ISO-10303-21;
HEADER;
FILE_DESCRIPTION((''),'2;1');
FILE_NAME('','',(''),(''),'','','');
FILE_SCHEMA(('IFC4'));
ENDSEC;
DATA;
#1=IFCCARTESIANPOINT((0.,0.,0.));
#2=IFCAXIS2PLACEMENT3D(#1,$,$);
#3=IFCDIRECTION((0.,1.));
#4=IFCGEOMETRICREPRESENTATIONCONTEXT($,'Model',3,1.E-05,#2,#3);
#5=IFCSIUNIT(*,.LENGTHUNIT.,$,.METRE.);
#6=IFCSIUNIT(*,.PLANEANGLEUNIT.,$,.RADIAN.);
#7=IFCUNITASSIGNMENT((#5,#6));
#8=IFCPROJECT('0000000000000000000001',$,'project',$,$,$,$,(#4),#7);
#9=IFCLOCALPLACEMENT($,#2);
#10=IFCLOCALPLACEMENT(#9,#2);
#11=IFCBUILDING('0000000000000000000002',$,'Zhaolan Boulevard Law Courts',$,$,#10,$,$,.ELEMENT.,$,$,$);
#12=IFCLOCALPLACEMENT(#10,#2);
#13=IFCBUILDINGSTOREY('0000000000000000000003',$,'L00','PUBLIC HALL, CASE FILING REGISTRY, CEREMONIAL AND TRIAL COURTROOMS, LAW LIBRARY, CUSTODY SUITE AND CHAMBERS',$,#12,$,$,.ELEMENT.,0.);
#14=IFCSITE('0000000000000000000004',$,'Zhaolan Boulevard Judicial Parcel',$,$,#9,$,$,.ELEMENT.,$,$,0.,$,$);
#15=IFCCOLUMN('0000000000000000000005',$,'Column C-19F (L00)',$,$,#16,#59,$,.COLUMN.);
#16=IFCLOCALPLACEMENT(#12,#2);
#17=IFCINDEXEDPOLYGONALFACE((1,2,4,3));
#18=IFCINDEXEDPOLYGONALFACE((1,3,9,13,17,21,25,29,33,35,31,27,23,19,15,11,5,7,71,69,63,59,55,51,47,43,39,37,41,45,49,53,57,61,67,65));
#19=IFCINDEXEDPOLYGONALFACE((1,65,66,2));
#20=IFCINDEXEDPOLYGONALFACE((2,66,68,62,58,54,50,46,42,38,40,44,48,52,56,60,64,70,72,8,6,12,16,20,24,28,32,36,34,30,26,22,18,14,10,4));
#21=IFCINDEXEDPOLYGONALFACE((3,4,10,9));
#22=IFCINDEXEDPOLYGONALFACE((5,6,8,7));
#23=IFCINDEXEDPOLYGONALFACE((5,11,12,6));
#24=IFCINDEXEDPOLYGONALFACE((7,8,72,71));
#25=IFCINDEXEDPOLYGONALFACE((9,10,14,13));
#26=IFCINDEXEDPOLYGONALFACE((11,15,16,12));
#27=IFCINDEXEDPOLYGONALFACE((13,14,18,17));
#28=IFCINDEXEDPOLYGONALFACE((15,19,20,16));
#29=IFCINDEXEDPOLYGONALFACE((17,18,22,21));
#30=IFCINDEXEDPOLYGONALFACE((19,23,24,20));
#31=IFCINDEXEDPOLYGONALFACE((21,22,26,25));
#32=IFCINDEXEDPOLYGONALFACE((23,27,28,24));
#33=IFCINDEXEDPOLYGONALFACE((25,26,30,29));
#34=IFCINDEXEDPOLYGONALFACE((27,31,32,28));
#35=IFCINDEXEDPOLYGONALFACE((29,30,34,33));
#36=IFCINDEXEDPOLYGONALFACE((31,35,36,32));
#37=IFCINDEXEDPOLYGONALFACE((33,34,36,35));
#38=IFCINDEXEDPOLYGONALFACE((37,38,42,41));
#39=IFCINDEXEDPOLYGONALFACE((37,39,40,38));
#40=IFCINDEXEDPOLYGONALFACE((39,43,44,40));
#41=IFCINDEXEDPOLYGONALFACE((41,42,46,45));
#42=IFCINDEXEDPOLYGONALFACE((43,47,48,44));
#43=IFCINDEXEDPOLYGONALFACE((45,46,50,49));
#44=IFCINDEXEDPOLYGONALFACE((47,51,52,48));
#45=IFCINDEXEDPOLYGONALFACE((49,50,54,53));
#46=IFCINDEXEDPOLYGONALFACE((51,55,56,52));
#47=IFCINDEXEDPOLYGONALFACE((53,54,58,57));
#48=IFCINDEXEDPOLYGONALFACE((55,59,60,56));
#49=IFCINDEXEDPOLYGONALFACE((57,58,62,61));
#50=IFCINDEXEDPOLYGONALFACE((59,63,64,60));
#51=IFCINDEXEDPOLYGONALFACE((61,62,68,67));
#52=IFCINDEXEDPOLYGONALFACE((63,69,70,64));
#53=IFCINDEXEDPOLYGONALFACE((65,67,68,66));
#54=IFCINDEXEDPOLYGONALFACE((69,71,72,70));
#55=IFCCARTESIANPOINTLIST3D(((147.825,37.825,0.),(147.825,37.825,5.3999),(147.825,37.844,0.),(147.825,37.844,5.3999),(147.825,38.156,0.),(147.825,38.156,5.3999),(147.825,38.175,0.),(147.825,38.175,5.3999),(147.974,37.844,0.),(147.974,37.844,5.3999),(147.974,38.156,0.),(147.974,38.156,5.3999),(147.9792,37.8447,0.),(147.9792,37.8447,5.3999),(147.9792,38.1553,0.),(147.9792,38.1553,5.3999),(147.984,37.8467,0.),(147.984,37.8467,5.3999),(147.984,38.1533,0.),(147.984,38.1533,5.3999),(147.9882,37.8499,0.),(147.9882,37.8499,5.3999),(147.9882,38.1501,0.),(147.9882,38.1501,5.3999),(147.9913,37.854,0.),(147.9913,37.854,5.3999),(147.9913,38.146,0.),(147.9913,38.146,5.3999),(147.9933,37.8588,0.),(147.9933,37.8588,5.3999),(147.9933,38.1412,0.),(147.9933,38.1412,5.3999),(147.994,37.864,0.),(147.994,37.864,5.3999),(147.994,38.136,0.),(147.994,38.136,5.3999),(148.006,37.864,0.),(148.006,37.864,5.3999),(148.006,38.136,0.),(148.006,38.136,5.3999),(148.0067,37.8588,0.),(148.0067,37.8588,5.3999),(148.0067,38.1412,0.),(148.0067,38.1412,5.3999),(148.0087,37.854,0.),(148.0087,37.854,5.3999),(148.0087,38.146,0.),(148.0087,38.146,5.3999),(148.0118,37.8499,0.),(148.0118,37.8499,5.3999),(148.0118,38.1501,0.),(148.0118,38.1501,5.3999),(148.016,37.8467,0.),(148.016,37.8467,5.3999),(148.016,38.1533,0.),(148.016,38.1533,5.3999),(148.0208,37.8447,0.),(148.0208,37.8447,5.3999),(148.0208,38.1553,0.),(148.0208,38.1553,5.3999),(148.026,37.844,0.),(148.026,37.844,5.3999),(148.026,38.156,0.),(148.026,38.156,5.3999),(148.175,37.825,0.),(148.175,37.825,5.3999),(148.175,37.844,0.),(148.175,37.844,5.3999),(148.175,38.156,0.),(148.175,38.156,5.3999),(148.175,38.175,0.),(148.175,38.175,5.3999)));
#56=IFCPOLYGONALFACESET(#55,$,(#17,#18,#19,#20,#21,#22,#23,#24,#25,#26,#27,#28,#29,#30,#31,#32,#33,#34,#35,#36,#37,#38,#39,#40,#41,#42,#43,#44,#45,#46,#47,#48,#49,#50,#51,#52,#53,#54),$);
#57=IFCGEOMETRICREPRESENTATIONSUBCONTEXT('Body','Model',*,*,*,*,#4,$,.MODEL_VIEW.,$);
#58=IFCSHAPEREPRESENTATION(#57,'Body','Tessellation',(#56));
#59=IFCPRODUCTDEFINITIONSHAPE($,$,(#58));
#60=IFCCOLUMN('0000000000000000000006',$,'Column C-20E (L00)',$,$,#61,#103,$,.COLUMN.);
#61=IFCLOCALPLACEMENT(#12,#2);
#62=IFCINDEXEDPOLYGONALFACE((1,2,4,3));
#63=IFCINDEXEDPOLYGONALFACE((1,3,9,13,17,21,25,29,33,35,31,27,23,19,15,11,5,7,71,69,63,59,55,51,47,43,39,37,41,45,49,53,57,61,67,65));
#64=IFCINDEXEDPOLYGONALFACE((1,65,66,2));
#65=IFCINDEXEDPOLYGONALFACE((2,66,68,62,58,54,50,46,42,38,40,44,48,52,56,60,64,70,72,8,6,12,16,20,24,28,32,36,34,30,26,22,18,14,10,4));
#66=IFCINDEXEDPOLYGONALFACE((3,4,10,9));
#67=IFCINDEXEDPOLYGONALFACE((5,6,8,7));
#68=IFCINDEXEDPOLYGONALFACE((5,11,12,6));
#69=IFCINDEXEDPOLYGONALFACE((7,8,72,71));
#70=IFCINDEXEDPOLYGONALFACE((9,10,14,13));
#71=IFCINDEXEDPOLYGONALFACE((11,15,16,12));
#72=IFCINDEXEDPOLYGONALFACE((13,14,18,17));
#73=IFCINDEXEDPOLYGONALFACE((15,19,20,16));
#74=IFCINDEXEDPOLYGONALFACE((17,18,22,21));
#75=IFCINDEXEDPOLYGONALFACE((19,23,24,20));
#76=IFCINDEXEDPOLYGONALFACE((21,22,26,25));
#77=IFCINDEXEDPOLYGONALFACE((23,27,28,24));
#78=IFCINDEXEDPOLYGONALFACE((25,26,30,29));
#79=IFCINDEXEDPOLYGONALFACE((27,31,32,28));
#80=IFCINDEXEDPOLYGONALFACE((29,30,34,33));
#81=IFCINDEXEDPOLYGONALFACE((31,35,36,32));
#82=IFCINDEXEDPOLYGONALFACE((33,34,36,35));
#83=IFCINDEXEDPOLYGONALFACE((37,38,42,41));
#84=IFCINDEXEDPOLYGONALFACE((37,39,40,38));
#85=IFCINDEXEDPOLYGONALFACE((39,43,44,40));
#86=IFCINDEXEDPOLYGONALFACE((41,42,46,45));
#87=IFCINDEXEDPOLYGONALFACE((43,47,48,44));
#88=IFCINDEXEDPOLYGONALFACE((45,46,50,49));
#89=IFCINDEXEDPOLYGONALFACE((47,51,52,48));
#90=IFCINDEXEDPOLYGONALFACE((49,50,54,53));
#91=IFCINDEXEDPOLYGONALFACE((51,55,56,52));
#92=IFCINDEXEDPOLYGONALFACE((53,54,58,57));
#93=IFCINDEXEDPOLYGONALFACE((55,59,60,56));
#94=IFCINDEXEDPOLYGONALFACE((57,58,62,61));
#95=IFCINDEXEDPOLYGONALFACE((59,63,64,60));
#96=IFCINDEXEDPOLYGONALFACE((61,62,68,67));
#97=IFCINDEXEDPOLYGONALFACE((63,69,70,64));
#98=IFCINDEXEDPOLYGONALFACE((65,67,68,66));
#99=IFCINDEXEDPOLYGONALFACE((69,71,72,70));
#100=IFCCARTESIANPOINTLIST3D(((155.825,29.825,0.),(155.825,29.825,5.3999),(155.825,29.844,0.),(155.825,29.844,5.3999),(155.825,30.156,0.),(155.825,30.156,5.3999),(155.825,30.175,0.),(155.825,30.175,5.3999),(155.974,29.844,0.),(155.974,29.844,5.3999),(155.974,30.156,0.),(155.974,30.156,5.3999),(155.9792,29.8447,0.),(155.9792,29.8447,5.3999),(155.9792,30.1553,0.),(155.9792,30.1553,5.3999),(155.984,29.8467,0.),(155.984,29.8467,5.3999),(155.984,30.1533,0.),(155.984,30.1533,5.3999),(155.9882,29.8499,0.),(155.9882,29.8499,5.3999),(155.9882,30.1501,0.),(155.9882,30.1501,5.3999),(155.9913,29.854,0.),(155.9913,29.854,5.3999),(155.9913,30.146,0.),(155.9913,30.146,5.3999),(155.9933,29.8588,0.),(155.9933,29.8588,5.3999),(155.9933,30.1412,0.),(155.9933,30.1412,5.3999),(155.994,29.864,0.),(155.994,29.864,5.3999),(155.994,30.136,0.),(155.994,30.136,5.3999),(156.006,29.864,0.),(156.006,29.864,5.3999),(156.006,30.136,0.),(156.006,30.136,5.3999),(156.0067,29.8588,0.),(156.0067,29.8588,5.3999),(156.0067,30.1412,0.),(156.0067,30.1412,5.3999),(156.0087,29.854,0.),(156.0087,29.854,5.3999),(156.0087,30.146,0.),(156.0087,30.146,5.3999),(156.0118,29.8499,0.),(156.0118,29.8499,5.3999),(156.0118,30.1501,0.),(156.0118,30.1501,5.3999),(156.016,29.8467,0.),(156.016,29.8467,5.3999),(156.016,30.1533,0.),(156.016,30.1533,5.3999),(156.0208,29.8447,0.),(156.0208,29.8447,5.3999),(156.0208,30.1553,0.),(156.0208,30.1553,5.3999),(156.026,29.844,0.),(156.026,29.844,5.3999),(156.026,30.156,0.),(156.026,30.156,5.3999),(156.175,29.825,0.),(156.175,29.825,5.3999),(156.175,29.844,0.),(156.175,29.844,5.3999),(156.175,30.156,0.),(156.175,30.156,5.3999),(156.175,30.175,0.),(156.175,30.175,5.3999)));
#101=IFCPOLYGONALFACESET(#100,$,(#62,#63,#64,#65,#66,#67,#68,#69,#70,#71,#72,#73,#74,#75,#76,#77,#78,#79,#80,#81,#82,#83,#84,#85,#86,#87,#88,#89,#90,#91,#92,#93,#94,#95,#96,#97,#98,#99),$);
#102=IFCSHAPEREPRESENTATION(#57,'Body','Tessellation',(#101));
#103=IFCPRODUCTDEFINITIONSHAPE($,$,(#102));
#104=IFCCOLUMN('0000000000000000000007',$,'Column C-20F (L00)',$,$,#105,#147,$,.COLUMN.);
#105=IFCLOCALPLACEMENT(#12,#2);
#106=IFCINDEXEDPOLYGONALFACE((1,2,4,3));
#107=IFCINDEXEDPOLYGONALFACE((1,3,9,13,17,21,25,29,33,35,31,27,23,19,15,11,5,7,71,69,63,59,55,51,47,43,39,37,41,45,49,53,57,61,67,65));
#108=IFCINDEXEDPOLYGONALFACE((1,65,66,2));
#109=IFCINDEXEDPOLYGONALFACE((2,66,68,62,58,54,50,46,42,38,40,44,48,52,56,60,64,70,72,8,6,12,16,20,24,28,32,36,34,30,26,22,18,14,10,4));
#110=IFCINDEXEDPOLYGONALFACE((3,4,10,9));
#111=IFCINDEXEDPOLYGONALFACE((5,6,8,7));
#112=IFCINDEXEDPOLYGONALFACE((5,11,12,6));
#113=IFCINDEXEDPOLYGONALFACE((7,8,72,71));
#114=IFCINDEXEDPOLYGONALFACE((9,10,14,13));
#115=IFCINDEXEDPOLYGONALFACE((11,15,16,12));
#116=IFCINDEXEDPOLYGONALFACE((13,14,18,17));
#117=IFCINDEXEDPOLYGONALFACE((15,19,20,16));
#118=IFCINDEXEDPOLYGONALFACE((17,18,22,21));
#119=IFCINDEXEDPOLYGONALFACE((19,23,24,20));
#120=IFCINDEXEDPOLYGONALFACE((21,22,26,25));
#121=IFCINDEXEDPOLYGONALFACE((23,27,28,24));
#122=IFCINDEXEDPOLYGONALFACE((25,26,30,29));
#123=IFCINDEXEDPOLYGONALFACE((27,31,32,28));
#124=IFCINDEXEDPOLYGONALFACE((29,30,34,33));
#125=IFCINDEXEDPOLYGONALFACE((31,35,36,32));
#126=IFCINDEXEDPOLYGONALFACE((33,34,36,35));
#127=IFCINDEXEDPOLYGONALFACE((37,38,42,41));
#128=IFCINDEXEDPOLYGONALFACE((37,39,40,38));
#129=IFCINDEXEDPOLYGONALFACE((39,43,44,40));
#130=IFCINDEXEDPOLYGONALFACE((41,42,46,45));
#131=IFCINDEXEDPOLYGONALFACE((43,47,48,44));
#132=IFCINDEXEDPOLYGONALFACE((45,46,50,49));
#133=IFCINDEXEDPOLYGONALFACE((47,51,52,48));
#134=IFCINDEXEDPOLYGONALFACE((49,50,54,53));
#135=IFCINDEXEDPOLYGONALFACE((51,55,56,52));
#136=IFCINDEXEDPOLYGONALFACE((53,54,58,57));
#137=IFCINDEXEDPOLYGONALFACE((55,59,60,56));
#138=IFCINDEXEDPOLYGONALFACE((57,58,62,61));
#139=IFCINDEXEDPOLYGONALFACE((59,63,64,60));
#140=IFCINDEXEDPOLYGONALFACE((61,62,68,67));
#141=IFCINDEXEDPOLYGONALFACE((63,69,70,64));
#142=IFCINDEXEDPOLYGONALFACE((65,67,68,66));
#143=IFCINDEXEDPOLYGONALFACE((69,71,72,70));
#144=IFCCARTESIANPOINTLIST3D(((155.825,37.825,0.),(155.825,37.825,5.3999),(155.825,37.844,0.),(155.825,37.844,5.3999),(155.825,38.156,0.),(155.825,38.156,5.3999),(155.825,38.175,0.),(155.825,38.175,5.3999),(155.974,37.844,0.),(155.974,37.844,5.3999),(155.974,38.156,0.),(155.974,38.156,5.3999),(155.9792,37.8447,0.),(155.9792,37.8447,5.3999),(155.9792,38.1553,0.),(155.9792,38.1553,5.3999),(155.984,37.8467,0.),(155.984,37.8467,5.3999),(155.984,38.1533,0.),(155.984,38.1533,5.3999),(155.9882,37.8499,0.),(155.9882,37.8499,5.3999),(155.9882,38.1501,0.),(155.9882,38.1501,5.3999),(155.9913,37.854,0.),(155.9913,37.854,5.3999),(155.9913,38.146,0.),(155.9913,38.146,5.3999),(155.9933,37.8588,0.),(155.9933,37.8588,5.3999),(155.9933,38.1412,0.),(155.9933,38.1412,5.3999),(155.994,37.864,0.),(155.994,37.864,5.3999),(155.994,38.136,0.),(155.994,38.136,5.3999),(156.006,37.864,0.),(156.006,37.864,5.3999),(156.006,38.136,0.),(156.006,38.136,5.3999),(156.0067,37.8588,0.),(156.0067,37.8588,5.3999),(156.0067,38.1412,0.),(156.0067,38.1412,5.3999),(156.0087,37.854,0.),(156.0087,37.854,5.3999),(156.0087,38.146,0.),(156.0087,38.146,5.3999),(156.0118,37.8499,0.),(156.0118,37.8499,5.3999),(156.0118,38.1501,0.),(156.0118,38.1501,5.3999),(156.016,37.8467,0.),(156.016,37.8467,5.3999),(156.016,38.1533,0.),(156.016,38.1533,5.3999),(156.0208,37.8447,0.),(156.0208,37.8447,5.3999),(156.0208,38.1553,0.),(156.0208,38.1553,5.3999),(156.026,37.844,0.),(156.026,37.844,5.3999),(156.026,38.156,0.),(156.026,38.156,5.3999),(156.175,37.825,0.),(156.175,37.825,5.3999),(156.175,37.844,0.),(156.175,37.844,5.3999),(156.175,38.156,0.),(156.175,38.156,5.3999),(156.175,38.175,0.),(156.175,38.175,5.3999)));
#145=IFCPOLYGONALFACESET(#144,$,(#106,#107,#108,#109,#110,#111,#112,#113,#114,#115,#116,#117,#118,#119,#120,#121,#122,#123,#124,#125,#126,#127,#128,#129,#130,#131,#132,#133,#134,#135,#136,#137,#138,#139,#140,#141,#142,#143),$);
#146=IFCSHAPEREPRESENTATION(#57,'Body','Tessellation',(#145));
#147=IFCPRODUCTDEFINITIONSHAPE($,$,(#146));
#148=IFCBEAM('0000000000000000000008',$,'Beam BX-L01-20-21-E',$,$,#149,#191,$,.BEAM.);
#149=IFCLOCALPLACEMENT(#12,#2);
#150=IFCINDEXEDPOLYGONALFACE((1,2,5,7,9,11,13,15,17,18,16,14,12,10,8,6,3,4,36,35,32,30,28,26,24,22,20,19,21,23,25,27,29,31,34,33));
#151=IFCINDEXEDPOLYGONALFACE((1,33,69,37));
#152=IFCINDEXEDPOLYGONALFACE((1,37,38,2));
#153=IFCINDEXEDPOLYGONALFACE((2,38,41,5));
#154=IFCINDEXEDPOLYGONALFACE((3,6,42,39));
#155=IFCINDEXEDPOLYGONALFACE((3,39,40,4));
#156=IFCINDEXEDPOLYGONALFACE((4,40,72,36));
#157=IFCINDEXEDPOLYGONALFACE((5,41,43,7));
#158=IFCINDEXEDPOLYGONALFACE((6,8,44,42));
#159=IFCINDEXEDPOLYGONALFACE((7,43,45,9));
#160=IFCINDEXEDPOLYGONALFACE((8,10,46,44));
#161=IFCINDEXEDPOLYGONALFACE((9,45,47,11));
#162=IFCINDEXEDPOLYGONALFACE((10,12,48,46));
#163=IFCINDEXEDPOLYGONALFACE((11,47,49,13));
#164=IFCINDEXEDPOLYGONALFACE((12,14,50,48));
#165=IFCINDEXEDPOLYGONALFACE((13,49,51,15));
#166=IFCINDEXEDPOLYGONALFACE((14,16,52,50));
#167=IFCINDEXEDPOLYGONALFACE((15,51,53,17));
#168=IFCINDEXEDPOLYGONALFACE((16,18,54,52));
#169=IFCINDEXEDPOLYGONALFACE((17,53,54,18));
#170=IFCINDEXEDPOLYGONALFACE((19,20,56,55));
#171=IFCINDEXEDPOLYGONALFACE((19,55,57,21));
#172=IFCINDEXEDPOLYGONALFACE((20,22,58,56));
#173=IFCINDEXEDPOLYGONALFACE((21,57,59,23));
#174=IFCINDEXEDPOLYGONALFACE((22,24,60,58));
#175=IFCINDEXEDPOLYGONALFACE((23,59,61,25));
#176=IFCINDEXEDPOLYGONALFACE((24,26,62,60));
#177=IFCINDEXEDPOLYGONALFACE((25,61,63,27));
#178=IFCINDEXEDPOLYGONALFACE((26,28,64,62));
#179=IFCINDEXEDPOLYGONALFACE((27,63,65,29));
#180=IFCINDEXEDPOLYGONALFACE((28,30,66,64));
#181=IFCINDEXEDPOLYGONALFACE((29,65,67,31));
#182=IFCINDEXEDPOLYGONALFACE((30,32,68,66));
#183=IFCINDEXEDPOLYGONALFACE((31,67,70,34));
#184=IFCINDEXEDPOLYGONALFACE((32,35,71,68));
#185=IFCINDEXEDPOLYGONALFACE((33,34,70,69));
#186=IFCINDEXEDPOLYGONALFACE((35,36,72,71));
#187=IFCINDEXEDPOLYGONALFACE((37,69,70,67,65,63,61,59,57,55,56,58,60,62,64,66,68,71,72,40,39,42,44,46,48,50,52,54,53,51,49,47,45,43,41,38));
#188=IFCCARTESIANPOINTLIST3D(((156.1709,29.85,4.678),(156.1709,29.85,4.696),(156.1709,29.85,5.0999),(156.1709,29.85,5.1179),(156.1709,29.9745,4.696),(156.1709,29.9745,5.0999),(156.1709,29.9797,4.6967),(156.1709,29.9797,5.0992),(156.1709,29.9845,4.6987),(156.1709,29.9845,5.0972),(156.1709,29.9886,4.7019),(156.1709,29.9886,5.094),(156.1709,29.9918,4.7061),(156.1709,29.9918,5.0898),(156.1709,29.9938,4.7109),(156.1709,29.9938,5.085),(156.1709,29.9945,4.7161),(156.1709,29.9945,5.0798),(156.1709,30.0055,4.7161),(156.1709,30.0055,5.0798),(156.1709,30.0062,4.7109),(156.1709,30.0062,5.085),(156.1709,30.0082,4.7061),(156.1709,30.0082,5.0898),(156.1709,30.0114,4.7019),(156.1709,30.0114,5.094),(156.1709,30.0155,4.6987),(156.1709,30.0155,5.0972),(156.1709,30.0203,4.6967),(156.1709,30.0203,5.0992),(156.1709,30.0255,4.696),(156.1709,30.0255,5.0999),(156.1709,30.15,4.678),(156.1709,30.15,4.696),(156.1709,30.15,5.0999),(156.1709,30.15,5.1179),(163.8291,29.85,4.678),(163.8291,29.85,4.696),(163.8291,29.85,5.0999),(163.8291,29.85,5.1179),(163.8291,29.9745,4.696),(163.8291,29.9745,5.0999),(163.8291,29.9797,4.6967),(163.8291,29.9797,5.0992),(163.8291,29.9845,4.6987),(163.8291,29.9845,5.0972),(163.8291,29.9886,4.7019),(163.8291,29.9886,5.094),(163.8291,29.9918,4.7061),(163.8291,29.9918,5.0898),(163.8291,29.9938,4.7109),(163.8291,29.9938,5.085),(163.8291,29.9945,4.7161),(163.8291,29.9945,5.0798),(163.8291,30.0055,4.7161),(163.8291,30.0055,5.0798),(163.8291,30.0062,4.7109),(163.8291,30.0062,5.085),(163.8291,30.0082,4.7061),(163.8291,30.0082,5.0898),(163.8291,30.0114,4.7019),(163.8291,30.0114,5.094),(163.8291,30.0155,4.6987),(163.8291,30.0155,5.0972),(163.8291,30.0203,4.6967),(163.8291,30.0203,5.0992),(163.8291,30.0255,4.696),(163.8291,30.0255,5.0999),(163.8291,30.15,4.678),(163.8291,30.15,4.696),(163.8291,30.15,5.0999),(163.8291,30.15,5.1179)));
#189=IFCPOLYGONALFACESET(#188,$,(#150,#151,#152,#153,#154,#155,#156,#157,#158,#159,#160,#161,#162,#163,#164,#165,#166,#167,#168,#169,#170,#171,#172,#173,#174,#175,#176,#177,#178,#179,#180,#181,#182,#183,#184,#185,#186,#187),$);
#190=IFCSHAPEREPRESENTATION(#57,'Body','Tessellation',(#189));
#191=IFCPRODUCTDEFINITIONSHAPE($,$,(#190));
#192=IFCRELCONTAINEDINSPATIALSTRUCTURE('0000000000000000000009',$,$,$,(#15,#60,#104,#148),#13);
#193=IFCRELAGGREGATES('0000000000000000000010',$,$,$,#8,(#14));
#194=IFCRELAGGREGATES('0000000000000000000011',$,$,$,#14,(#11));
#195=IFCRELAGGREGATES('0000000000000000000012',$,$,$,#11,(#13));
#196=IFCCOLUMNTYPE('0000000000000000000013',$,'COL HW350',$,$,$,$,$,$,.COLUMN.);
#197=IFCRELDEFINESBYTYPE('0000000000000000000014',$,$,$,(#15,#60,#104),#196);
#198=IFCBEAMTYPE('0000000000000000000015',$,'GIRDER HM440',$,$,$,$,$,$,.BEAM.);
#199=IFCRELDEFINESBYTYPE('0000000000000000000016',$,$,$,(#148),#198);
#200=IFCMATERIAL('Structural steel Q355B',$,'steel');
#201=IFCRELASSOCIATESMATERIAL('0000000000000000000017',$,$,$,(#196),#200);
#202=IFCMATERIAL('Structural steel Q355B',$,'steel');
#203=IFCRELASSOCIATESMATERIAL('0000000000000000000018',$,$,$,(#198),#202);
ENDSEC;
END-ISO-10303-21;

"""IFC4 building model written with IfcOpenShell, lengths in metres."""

from ifc_helpers import new_model, si_unit, direction, frame, origin, origin_2d, place, context, subcontext, project, spatial, i_section, extrude, material, material_profile, profile_set, type_object, element, save


model = new_model("IFC4")

# Units and contexts
model_context = context("Model", 3, precision=1e-05, world=origin(), true_north=direction((0.0, 1.0)))
body_context = subcontext(model_context, "Body", "Model", "MODEL_VIEW")
ifc_project = project(units=[si_unit("LENGTHUNIT", "METRE"), si_unit("PLANEANGLEUNIT", "RADIAN")], contexts=[model_context])

# Site, building, storey
site_placement = place(None, origin())
site = spatial("IfcSite", under=ifc_project, at=site_placement, Name="Zhaolan Boulevard Judicial Parcel", CompositionType="ELEMENT", RefElevation=0.0)
building_placement = place(site_placement, origin())
building = spatial("IfcBuilding", under=site, at=building_placement, Name="Zhaolan Boulevard Law Courts", CompositionType="ELEMENT")
storey_placement = place(building_placement, origin())
storey = spatial("IfcBuildingStorey", under=building, at=storey_placement, Name="L00", Description="PUBLIC HALL, CASE FILING REGISTRY, CEREMONIAL AND TRIAL COURTROOMS, LAW LIBRARY, CUSTODY SUITE AND CHAMBERS", CompositionType="ELEMENT", Elevation=0.0)

# Columns
ifc_material_1 = material(Name="Structural steel Q355B", Category="steel")
ifc_material_profile_1 = material_profile(ifc_material_1, i_section(OverallWidth=0.3501, OverallDepth=0.3501, WebThickness=0.012, FlangeThickness=0.019, FilletRadius=0.02, at=origin_2d()), Name="HW350x350")
ifc_profile_set_1 = profile_set([ifc_material_profile_1], Name="Structural steel Q355B")
column_type = type_object("IfcColumnType", Name="COL HW350", PredefinedType="COLUMN", material=ifc_profile_set_1)
for number, where, z_axis, x_axis, name in (
    (1, (148.0, 38.0, 0.0), (0.0, 0.0, 1.0), (1.0, 0.0, 0.0), "Column C-19F (L00)"),
    (2, (156.0, 30.0, 0.0), (0.0, 0.0, 1.0), (1.0, 0.0, 0.0), "Column C-20E (L00)"),
    (3, (156.0, 38.0, 0.0), (0.0, 0.0, 1.0), (1.0, 0.0, 0.0), "Column C-20F (L00)"),
):
    element("IfcColumn", number, at=place(storey_placement, frame(where, z_axis=z_axis, x_axis=x_axis)), inside=storey, type_object=column_type, Name=name, PredefinedType="COLUMN", context=body_context, shape_type="SweptSolid", body=[
        extrude(i_section(OverallWidth=0.3501, OverallDepth=0.3501, WebThickness=0.012, FlangeThickness=0.019, FilletRadius=0.02, at=origin_2d()), origin(), (0.0, 0.0, 1.0), 5.3999),
    ])

# Beam
ifc_material_2 = material(Name="Structural steel Q355B", Category="steel")
ifc_material_profile_2 = material_profile(ifc_material_2, i_section(OverallWidth=0.3, OverallDepth=0.4399, WebThickness=0.011, FlangeThickness=0.0181, FilletRadius=0.02, at=origin_2d()), Name="HM440x300")
ifc_profile_set_2 = profile_set([ifc_material_profile_2], Name="Structural steel Q355B")
beam_type_1 = type_object("IfcBeamType", Name="GIRDER HM440", PredefinedType="BEAM", material=ifc_profile_set_2)
for number, where, z_axis, x_axis, name in (
    (4, (156.1709, 30.0, 4.8979), (1.0, 0.0, 0.0), (0.0, 1.0, 0.0), "Beam BX-L01-20-21-E"),
):
    element("IfcBeam", number, at=place(storey_placement, frame(where, z_axis=z_axis, x_axis=x_axis)), inside=storey, type_object=beam_type_1, Name=name, PredefinedType="BEAM", context=body_context, shape_type="SweptSolid", body=[
        extrude(i_section(OverallWidth=0.3, OverallDepth=0.4399, WebThickness=0.011, FlangeThickness=0.0181, FilletRadius=0.02, at=origin_2d()), origin(), (0.0, 0.0, 1.0), 7.6582),
    ])

save(model, "model.ifc")
